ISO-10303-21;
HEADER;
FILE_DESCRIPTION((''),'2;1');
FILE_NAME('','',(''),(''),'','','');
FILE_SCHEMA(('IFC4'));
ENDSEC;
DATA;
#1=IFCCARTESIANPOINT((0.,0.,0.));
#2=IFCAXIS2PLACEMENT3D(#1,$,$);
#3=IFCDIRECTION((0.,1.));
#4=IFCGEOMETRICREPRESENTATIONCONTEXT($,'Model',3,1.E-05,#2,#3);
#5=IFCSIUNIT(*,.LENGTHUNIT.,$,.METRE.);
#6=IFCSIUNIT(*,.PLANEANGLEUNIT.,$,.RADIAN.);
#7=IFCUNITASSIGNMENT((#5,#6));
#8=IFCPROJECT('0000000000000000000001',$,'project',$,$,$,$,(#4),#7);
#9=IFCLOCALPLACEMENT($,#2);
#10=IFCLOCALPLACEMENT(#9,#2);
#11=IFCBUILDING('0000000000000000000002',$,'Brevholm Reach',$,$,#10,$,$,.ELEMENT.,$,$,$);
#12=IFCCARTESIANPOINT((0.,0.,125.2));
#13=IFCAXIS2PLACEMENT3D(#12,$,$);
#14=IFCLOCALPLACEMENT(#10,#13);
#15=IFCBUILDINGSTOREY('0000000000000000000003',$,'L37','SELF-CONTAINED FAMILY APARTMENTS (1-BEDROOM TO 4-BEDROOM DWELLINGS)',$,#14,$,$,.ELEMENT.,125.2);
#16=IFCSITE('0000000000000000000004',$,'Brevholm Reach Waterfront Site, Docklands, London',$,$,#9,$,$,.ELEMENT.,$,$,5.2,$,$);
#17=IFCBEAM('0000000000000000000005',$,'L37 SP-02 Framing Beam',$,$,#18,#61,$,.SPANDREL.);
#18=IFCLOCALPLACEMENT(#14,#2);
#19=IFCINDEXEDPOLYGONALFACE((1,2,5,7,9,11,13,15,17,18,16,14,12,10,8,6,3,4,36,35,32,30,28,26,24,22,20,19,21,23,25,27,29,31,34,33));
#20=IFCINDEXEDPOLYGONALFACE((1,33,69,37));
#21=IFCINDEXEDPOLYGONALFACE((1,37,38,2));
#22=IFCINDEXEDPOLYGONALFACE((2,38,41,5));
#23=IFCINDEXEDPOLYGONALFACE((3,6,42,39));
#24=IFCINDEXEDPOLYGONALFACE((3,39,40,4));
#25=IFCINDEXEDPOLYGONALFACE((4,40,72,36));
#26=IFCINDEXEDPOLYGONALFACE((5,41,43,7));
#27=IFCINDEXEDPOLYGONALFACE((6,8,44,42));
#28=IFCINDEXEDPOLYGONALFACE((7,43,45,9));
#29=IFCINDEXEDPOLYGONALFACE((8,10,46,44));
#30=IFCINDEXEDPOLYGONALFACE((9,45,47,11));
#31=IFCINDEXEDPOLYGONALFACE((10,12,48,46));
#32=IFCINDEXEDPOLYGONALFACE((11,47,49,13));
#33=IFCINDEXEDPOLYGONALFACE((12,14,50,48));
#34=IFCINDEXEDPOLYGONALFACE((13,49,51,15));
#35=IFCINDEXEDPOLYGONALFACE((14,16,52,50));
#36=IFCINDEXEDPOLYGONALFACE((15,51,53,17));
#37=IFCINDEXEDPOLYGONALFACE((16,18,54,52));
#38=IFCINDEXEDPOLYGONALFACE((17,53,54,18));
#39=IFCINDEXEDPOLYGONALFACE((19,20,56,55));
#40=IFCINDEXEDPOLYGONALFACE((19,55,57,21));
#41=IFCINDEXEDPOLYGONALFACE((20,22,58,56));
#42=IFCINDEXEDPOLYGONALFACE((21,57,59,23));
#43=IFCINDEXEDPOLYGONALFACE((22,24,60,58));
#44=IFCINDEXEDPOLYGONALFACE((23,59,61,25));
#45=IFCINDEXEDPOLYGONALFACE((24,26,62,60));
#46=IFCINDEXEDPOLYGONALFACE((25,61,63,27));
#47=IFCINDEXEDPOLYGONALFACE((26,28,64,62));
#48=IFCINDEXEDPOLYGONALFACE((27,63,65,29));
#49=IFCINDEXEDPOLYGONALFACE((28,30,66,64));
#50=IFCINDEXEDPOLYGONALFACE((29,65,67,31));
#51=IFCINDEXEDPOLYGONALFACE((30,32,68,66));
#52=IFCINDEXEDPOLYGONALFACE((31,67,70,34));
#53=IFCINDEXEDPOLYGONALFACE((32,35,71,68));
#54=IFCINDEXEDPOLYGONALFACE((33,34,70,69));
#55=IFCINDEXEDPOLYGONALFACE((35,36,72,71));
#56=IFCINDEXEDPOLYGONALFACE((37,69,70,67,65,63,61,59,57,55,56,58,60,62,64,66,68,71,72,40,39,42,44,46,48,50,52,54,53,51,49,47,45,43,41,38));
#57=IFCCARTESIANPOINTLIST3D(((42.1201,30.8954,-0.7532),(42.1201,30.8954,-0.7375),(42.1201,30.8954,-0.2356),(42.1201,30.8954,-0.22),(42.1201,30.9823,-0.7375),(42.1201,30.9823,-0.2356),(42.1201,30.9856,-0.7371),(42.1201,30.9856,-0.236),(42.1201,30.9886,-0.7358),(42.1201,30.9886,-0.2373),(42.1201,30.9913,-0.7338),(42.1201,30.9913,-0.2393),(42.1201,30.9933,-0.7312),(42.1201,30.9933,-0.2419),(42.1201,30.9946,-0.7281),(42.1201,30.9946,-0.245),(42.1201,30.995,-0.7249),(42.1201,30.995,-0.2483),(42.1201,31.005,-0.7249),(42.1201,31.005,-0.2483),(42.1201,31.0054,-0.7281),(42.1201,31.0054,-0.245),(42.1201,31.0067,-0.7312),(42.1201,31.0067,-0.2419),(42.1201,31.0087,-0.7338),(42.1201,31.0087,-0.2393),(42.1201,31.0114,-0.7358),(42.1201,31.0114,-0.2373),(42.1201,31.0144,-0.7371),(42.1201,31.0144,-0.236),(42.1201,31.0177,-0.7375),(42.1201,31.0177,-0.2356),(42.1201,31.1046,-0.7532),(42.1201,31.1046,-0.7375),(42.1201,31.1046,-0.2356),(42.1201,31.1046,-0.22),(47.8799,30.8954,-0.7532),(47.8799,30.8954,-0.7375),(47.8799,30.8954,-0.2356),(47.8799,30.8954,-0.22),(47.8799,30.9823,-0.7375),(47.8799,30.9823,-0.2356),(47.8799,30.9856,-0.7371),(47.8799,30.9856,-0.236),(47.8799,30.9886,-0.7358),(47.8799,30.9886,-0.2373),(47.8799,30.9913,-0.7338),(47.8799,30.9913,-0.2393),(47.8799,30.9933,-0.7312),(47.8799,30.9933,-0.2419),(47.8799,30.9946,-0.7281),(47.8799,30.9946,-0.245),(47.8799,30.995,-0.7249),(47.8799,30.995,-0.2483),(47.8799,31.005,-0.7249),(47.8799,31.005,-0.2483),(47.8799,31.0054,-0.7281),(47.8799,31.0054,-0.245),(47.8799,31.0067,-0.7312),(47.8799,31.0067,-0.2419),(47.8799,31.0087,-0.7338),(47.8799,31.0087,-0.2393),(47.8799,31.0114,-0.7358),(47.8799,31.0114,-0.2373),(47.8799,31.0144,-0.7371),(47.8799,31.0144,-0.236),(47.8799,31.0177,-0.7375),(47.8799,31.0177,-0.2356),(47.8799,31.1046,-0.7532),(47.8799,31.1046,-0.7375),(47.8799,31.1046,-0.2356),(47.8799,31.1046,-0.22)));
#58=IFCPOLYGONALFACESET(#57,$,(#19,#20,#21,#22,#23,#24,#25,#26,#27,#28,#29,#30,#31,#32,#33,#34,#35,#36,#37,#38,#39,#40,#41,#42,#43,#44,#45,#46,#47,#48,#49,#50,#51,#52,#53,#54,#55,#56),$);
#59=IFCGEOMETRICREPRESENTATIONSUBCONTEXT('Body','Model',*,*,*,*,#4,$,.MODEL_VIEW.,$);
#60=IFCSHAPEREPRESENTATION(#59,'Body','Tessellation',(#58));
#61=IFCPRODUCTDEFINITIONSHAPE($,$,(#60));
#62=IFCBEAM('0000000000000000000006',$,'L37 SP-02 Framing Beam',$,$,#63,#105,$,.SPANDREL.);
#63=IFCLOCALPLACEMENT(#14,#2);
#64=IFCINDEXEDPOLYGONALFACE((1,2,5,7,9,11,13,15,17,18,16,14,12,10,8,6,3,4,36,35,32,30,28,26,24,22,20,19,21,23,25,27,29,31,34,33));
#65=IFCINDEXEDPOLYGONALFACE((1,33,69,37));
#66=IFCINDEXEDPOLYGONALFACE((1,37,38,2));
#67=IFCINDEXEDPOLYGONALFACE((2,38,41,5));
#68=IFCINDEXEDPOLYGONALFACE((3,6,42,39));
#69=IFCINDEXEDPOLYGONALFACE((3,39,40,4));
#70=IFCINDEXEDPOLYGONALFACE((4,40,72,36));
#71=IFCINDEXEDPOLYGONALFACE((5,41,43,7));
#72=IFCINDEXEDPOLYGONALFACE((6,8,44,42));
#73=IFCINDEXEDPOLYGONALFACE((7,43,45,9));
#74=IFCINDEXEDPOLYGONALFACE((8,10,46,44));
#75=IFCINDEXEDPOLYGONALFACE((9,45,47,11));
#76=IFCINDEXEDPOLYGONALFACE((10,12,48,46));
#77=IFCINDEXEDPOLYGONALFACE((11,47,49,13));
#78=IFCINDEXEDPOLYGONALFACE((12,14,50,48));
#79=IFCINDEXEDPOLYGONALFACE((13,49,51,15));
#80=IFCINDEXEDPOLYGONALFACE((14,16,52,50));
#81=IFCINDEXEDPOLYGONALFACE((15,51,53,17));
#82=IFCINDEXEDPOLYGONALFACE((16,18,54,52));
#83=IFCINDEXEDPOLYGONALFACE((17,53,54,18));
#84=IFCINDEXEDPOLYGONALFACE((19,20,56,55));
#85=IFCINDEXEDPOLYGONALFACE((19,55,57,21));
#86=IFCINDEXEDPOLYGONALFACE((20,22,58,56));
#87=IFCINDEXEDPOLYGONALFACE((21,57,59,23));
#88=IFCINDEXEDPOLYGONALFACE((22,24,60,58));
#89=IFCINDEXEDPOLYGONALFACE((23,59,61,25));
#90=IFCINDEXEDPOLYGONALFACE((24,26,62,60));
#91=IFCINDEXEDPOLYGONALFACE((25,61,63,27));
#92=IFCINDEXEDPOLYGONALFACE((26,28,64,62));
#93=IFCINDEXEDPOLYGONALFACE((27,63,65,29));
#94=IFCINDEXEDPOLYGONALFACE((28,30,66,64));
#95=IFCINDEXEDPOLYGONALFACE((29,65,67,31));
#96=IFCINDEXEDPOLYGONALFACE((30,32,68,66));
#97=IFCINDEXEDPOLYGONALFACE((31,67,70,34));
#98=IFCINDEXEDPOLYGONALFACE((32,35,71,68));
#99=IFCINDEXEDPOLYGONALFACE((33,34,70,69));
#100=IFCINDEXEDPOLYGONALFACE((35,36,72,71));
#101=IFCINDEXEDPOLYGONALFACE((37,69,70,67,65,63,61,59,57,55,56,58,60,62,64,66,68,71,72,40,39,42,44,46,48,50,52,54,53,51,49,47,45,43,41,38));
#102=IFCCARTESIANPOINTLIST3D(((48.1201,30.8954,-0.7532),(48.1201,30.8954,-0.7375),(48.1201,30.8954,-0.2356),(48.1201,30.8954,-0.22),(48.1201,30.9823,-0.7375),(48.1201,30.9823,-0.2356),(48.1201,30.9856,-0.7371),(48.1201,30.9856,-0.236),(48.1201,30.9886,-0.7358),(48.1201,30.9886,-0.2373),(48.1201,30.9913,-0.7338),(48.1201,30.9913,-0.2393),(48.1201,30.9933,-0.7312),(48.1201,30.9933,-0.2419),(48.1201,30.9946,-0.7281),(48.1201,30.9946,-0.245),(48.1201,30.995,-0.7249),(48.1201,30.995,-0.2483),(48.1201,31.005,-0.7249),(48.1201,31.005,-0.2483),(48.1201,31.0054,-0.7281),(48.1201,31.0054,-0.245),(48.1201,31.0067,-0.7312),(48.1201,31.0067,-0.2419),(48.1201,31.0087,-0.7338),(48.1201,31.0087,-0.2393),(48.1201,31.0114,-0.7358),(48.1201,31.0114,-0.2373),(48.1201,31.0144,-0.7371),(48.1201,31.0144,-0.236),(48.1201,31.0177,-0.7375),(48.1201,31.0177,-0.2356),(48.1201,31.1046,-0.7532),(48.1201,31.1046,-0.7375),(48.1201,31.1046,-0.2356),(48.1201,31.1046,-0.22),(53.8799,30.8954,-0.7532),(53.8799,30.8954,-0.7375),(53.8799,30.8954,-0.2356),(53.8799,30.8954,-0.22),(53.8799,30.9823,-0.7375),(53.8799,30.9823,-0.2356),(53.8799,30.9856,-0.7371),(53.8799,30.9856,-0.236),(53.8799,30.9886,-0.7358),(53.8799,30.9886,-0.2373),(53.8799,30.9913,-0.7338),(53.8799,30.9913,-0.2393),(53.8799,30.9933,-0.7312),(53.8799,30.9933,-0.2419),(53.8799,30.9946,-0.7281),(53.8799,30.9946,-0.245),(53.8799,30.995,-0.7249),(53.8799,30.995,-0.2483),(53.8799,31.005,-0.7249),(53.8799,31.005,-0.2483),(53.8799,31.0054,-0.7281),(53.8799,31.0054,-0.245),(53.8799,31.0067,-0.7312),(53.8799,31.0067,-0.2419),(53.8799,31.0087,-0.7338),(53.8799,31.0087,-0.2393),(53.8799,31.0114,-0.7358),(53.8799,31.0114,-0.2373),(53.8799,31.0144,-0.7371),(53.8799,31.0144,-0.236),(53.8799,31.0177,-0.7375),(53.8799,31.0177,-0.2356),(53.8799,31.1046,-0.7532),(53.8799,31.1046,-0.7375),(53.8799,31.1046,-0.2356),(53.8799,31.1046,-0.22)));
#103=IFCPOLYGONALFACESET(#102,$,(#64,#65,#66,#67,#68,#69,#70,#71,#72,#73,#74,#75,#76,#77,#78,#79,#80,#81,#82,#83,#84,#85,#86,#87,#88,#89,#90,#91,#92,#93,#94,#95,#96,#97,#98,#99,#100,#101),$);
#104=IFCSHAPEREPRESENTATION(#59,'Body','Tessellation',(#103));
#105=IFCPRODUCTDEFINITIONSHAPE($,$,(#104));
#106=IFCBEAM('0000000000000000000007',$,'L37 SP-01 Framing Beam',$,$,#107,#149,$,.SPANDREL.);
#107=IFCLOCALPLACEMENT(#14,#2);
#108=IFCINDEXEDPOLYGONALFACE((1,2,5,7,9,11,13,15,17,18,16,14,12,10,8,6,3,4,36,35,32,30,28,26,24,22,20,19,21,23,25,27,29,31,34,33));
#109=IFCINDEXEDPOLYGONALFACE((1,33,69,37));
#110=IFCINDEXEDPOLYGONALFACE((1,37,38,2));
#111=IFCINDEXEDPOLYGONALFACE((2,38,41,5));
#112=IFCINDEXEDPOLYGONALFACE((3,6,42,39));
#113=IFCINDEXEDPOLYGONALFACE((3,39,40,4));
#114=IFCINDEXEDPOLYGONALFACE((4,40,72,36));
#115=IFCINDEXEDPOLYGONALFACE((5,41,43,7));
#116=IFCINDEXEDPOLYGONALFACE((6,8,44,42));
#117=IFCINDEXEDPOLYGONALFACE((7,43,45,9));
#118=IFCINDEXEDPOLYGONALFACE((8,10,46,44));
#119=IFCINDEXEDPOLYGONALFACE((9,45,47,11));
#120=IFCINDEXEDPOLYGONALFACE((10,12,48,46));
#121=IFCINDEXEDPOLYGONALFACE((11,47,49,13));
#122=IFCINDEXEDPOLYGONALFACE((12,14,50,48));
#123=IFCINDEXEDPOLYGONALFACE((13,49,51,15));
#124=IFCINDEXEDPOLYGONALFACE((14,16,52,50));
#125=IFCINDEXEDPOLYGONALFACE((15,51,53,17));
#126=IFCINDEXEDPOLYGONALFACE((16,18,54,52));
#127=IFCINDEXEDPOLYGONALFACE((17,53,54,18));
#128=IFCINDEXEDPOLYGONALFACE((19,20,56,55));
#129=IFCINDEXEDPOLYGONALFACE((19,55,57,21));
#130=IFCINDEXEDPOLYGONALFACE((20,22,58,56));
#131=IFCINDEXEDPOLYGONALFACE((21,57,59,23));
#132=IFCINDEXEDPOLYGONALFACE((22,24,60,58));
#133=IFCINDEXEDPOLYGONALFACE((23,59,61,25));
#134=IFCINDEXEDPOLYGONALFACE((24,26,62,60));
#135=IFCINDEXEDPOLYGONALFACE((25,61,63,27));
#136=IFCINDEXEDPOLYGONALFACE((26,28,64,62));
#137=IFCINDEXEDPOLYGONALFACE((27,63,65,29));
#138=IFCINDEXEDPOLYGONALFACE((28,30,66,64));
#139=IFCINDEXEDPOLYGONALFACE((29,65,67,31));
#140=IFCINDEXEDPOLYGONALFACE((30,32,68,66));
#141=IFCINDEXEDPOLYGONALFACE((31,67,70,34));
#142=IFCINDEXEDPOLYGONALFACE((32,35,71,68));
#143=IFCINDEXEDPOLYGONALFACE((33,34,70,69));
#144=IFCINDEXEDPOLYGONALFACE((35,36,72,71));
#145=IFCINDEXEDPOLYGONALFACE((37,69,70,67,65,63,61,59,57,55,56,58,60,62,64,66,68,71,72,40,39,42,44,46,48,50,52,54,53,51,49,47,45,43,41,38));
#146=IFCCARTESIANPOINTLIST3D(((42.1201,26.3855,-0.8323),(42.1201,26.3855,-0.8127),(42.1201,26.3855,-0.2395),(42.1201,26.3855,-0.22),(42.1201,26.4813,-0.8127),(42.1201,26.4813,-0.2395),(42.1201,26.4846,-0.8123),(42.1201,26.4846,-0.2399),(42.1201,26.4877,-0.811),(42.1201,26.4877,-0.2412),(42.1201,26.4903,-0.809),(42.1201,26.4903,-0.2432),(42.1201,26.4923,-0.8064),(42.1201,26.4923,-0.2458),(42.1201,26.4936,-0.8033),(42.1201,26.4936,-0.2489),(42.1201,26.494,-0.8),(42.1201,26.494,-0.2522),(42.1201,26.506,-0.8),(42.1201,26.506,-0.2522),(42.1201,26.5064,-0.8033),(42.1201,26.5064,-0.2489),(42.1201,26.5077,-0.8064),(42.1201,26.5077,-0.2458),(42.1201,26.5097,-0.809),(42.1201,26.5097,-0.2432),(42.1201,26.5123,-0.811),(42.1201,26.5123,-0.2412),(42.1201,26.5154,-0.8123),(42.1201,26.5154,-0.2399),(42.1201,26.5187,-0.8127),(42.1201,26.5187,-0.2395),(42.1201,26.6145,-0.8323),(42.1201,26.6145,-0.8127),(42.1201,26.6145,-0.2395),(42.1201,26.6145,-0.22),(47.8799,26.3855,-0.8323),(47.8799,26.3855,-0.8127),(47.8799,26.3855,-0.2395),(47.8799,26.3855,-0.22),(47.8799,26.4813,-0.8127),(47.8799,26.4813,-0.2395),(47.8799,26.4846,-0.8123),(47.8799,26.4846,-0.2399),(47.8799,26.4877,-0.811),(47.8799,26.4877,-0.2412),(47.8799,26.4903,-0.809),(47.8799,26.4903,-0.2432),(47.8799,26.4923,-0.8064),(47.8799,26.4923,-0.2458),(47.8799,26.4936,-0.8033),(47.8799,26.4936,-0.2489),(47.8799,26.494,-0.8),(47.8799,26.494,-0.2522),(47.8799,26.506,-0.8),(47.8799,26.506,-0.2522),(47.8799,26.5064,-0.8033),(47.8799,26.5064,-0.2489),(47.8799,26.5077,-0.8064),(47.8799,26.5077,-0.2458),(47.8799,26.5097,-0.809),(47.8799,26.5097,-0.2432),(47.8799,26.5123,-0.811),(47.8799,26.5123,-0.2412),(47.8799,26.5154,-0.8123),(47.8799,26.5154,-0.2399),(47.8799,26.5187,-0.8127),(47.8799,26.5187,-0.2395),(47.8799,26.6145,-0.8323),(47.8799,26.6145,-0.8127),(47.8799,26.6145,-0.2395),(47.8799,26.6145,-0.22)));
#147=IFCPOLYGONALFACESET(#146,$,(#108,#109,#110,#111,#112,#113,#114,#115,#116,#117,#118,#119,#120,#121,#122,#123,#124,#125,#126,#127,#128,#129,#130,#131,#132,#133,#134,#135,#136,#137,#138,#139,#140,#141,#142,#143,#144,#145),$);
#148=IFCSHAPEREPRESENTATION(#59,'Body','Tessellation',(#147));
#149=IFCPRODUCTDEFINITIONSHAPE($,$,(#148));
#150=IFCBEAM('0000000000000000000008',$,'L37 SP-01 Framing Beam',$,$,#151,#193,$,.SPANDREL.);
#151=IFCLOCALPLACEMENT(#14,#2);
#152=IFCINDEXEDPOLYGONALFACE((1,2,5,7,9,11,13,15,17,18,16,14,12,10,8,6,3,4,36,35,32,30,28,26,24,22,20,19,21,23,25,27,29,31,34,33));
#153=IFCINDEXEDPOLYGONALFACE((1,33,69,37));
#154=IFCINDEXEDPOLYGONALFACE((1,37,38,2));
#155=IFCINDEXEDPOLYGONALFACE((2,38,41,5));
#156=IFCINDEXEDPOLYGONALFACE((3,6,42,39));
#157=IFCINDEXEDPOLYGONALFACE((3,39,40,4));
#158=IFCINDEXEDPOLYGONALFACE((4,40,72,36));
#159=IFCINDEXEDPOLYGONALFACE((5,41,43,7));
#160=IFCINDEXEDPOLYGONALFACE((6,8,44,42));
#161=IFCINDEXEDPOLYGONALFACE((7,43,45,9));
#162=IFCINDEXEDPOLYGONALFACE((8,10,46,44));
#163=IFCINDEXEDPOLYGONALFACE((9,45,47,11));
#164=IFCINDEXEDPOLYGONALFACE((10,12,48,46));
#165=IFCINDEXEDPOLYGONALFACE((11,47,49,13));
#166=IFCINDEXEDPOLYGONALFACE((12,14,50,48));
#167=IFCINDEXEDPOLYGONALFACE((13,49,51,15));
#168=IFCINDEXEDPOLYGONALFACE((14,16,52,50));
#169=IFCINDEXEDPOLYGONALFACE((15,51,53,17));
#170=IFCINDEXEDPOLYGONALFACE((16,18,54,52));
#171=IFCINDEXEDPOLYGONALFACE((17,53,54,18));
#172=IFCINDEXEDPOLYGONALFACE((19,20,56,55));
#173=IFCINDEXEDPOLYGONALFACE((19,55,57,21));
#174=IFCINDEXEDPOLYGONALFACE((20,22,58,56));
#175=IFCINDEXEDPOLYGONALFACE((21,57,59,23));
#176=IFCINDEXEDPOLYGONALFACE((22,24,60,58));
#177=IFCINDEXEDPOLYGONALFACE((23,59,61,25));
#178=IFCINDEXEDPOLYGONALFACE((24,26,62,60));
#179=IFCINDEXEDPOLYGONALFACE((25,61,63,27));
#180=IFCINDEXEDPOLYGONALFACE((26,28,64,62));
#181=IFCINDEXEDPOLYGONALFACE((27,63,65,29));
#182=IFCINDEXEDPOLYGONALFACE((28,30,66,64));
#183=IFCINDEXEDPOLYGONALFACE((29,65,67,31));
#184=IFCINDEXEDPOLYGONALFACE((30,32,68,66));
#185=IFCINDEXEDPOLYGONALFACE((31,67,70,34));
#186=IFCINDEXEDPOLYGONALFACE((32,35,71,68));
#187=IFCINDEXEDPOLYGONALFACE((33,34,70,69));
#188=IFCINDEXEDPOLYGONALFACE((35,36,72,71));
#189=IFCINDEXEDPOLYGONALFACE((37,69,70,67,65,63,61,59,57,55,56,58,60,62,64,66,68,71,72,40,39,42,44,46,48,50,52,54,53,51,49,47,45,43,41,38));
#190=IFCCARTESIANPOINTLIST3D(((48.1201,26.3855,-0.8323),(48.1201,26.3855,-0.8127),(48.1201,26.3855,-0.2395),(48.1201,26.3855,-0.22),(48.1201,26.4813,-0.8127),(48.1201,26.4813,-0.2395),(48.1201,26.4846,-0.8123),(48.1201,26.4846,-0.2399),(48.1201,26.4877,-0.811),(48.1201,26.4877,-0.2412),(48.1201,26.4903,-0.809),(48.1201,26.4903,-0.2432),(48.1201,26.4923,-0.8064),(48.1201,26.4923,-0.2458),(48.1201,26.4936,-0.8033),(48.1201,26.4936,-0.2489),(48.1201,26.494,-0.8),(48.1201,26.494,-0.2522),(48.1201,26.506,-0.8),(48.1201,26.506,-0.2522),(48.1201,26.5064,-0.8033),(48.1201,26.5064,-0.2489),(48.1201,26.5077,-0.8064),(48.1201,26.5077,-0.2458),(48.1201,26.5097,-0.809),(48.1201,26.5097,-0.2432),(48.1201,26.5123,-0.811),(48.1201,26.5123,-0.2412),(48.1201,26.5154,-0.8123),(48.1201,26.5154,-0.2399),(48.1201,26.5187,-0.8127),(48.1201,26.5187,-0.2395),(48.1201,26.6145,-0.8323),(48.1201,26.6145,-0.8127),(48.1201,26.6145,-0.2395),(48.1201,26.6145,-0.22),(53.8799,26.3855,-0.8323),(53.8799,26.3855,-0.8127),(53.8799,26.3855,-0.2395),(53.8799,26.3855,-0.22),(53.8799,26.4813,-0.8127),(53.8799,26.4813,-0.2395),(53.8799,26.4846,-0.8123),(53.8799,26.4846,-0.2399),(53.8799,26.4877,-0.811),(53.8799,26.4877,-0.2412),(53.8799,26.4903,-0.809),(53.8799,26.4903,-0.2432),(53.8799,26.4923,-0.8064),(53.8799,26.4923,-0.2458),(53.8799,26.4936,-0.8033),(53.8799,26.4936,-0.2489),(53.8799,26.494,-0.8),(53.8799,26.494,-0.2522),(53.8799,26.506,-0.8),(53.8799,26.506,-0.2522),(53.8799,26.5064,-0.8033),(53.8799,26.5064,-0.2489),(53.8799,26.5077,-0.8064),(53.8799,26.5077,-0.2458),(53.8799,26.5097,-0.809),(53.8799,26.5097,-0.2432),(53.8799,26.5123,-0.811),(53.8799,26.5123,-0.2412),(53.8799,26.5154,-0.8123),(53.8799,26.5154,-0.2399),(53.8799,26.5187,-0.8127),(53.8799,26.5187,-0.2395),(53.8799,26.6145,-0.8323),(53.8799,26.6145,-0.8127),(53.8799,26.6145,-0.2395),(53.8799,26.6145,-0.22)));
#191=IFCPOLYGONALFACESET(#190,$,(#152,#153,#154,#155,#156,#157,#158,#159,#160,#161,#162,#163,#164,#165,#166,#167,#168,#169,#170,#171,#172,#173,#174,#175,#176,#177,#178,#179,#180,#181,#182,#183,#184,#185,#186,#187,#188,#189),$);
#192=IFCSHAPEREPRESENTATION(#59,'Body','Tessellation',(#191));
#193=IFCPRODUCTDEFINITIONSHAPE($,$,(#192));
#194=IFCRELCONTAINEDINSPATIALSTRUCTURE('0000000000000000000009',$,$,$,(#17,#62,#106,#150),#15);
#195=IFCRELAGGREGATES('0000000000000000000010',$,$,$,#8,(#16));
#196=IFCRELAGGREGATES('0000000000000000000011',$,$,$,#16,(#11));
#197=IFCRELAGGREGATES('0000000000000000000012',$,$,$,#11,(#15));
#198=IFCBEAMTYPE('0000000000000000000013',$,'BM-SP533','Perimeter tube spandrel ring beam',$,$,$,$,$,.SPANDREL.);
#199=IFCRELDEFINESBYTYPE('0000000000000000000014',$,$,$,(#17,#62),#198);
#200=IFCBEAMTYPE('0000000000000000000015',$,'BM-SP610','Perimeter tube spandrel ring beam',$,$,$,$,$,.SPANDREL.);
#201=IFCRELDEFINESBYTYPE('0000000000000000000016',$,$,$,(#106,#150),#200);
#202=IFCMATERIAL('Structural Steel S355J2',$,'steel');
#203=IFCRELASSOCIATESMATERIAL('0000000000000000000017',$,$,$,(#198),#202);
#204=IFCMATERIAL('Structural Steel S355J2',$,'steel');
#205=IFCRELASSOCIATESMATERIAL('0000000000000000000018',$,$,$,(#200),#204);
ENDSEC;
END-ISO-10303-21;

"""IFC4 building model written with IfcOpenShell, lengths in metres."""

from ifc_helpers import new_model, si_unit, direction, frame, origin, origin_2d, place, context, subcontext, project, spatial, i_section, extrude, material, material_profile, profile_set, type_object, element, save


model = new_model("IFC4")

# Units and contexts
model_context = context("Model", 3, precision=1e-05, world=origin(), true_north=direction((0.0, 1.0)))
body_context = subcontext(model_context, "Body", "Model", "MODEL_VIEW")
ifc_project = project(units=[si_unit("LENGTHUNIT", "METRE"), si_unit("PLANEANGLEUNIT", "RADIAN")], contexts=[model_context])

# Site, building, storey
site_placement = place(None, origin())
site = spatial("IfcSite", under=ifc_project, at=site_placement, Name="Brevholm Reach Waterfront Site, Docklands, London", CompositionType="ELEMENT", RefElevation=5.2)
building_placement = place(site_placement, origin())
building = spatial("IfcBuilding", under=site, at=building_placement, Name="Brevholm Reach", CompositionType="ELEMENT")
storey_placement = place(building_placement, frame((0.0, 0.0, 125.2)))
storey = spatial("IfcBuildingStorey", under=building, at=storey_placement, Name="L37", Description="SELF-CONTAINED FAMILY APARTMENTS (1-BEDROOM TO 4-BEDROOM DWELLINGS)", CompositionType="ELEMENT", Elevation=125.2)

# Beams
ifc_material_1 = material(Name="Structural Steel S355J2", Category="steel")
ifc_material_profile_1 = material_profile(ifc_material_1, i_section(OverallWidth=0.2092, OverallDepth=0.5332, WebThickness=0.01, FlangeThickness=0.0156, FilletRadius=0.0127, at=origin_2d()), Name="UKB 533x210x92")
ifc_profile_set_1 = profile_set([ifc_material_profile_1], Name="Structural Steel S355J2")
beam_type_1 = type_object("IfcBeamType", Name="BM-SP533", Description="Perimeter tube spandrel ring beam", PredefinedType="SPANDREL", material=ifc_profile_set_1)
for number, where, z_axis, x_axis, name in (
    (1, (42.1201, 31.0, -0.4866), (1.0, 0.0, 0.0), (0.0, 1.0, 0.0), "L37 SP-02 Framing Beam"),
    (2, (48.1201, 31.0, -0.4866), (1.0, 0.0, 0.0), (0.0, 1.0, 0.0), "L37 SP-02 Framing Beam"),
):
    element("IfcBeam", number, at=place(storey_placement, frame(where, z_axis=z_axis, x_axis=x_axis)), inside=storey, type_object=beam_type_1, Name=name, PredefinedType="SPANDREL", context=body_context, shape_type="SweptSolid", body=[
        extrude(i_section(OverallWidth=0.2092, OverallDepth=0.5332, WebThickness=0.01, FlangeThickness=0.0156, FilletRadius=0.0127, at=origin_2d()), origin(), (0.0, 0.0, 1.0), 5.7598),
    ])
ifc_material_2 = material(Name="Structural Steel S355J2", Category="steel")
ifc_material_profile_2 = material_profile(ifc_material_2, i_section(OverallWidth=0.229, OverallDepth=0.6123, WebThickness=0.012, FlangeThickness=0.0195, FilletRadius=0.0127, at=origin_2d()), Name="UKB 610x229x125")
ifc_profile_set_2 = profile_set([ifc_material_profile_2], Name="Structural Steel S355J2")
beam_type_2 = type_object("IfcBeamType", Name="BM-SP610", Description="Perimeter tube spandrel ring beam", PredefinedType="SPANDREL", material=ifc_profile_set_2)
for number, where, z_axis, x_axis, name in (
    (3, (42.1201, 26.5, -0.5261), (1.0, 0.0, 0.0), (0.0, 1.0, 0.0), "L37 SP-01 Framing Beam"),
    (4, (48.1201, 26.5, -0.5261), (1.0, 0.0, 0.0), (0.0, 1.0, 0.0), "L37 SP-01 Framing Beam"),
):
    element("IfcBeam", number, at=place(storey_placement, frame(where, z_axis=z_axis, x_axis=x_axis)), inside=storey, type_object=beam_type_2, Name=name, PredefinedType="SPANDREL", context=body_context, shape_type="SweptSolid", body=[
        extrude(i_section(OverallWidth=0.229, OverallDepth=0.6123, WebThickness=0.012, FlangeThickness=0.0195, FilletRadius=0.0127, at=origin_2d()), origin(), (0.0, 0.0, 1.0), 5.7598),
    ])

save(model, "model.ifc")
